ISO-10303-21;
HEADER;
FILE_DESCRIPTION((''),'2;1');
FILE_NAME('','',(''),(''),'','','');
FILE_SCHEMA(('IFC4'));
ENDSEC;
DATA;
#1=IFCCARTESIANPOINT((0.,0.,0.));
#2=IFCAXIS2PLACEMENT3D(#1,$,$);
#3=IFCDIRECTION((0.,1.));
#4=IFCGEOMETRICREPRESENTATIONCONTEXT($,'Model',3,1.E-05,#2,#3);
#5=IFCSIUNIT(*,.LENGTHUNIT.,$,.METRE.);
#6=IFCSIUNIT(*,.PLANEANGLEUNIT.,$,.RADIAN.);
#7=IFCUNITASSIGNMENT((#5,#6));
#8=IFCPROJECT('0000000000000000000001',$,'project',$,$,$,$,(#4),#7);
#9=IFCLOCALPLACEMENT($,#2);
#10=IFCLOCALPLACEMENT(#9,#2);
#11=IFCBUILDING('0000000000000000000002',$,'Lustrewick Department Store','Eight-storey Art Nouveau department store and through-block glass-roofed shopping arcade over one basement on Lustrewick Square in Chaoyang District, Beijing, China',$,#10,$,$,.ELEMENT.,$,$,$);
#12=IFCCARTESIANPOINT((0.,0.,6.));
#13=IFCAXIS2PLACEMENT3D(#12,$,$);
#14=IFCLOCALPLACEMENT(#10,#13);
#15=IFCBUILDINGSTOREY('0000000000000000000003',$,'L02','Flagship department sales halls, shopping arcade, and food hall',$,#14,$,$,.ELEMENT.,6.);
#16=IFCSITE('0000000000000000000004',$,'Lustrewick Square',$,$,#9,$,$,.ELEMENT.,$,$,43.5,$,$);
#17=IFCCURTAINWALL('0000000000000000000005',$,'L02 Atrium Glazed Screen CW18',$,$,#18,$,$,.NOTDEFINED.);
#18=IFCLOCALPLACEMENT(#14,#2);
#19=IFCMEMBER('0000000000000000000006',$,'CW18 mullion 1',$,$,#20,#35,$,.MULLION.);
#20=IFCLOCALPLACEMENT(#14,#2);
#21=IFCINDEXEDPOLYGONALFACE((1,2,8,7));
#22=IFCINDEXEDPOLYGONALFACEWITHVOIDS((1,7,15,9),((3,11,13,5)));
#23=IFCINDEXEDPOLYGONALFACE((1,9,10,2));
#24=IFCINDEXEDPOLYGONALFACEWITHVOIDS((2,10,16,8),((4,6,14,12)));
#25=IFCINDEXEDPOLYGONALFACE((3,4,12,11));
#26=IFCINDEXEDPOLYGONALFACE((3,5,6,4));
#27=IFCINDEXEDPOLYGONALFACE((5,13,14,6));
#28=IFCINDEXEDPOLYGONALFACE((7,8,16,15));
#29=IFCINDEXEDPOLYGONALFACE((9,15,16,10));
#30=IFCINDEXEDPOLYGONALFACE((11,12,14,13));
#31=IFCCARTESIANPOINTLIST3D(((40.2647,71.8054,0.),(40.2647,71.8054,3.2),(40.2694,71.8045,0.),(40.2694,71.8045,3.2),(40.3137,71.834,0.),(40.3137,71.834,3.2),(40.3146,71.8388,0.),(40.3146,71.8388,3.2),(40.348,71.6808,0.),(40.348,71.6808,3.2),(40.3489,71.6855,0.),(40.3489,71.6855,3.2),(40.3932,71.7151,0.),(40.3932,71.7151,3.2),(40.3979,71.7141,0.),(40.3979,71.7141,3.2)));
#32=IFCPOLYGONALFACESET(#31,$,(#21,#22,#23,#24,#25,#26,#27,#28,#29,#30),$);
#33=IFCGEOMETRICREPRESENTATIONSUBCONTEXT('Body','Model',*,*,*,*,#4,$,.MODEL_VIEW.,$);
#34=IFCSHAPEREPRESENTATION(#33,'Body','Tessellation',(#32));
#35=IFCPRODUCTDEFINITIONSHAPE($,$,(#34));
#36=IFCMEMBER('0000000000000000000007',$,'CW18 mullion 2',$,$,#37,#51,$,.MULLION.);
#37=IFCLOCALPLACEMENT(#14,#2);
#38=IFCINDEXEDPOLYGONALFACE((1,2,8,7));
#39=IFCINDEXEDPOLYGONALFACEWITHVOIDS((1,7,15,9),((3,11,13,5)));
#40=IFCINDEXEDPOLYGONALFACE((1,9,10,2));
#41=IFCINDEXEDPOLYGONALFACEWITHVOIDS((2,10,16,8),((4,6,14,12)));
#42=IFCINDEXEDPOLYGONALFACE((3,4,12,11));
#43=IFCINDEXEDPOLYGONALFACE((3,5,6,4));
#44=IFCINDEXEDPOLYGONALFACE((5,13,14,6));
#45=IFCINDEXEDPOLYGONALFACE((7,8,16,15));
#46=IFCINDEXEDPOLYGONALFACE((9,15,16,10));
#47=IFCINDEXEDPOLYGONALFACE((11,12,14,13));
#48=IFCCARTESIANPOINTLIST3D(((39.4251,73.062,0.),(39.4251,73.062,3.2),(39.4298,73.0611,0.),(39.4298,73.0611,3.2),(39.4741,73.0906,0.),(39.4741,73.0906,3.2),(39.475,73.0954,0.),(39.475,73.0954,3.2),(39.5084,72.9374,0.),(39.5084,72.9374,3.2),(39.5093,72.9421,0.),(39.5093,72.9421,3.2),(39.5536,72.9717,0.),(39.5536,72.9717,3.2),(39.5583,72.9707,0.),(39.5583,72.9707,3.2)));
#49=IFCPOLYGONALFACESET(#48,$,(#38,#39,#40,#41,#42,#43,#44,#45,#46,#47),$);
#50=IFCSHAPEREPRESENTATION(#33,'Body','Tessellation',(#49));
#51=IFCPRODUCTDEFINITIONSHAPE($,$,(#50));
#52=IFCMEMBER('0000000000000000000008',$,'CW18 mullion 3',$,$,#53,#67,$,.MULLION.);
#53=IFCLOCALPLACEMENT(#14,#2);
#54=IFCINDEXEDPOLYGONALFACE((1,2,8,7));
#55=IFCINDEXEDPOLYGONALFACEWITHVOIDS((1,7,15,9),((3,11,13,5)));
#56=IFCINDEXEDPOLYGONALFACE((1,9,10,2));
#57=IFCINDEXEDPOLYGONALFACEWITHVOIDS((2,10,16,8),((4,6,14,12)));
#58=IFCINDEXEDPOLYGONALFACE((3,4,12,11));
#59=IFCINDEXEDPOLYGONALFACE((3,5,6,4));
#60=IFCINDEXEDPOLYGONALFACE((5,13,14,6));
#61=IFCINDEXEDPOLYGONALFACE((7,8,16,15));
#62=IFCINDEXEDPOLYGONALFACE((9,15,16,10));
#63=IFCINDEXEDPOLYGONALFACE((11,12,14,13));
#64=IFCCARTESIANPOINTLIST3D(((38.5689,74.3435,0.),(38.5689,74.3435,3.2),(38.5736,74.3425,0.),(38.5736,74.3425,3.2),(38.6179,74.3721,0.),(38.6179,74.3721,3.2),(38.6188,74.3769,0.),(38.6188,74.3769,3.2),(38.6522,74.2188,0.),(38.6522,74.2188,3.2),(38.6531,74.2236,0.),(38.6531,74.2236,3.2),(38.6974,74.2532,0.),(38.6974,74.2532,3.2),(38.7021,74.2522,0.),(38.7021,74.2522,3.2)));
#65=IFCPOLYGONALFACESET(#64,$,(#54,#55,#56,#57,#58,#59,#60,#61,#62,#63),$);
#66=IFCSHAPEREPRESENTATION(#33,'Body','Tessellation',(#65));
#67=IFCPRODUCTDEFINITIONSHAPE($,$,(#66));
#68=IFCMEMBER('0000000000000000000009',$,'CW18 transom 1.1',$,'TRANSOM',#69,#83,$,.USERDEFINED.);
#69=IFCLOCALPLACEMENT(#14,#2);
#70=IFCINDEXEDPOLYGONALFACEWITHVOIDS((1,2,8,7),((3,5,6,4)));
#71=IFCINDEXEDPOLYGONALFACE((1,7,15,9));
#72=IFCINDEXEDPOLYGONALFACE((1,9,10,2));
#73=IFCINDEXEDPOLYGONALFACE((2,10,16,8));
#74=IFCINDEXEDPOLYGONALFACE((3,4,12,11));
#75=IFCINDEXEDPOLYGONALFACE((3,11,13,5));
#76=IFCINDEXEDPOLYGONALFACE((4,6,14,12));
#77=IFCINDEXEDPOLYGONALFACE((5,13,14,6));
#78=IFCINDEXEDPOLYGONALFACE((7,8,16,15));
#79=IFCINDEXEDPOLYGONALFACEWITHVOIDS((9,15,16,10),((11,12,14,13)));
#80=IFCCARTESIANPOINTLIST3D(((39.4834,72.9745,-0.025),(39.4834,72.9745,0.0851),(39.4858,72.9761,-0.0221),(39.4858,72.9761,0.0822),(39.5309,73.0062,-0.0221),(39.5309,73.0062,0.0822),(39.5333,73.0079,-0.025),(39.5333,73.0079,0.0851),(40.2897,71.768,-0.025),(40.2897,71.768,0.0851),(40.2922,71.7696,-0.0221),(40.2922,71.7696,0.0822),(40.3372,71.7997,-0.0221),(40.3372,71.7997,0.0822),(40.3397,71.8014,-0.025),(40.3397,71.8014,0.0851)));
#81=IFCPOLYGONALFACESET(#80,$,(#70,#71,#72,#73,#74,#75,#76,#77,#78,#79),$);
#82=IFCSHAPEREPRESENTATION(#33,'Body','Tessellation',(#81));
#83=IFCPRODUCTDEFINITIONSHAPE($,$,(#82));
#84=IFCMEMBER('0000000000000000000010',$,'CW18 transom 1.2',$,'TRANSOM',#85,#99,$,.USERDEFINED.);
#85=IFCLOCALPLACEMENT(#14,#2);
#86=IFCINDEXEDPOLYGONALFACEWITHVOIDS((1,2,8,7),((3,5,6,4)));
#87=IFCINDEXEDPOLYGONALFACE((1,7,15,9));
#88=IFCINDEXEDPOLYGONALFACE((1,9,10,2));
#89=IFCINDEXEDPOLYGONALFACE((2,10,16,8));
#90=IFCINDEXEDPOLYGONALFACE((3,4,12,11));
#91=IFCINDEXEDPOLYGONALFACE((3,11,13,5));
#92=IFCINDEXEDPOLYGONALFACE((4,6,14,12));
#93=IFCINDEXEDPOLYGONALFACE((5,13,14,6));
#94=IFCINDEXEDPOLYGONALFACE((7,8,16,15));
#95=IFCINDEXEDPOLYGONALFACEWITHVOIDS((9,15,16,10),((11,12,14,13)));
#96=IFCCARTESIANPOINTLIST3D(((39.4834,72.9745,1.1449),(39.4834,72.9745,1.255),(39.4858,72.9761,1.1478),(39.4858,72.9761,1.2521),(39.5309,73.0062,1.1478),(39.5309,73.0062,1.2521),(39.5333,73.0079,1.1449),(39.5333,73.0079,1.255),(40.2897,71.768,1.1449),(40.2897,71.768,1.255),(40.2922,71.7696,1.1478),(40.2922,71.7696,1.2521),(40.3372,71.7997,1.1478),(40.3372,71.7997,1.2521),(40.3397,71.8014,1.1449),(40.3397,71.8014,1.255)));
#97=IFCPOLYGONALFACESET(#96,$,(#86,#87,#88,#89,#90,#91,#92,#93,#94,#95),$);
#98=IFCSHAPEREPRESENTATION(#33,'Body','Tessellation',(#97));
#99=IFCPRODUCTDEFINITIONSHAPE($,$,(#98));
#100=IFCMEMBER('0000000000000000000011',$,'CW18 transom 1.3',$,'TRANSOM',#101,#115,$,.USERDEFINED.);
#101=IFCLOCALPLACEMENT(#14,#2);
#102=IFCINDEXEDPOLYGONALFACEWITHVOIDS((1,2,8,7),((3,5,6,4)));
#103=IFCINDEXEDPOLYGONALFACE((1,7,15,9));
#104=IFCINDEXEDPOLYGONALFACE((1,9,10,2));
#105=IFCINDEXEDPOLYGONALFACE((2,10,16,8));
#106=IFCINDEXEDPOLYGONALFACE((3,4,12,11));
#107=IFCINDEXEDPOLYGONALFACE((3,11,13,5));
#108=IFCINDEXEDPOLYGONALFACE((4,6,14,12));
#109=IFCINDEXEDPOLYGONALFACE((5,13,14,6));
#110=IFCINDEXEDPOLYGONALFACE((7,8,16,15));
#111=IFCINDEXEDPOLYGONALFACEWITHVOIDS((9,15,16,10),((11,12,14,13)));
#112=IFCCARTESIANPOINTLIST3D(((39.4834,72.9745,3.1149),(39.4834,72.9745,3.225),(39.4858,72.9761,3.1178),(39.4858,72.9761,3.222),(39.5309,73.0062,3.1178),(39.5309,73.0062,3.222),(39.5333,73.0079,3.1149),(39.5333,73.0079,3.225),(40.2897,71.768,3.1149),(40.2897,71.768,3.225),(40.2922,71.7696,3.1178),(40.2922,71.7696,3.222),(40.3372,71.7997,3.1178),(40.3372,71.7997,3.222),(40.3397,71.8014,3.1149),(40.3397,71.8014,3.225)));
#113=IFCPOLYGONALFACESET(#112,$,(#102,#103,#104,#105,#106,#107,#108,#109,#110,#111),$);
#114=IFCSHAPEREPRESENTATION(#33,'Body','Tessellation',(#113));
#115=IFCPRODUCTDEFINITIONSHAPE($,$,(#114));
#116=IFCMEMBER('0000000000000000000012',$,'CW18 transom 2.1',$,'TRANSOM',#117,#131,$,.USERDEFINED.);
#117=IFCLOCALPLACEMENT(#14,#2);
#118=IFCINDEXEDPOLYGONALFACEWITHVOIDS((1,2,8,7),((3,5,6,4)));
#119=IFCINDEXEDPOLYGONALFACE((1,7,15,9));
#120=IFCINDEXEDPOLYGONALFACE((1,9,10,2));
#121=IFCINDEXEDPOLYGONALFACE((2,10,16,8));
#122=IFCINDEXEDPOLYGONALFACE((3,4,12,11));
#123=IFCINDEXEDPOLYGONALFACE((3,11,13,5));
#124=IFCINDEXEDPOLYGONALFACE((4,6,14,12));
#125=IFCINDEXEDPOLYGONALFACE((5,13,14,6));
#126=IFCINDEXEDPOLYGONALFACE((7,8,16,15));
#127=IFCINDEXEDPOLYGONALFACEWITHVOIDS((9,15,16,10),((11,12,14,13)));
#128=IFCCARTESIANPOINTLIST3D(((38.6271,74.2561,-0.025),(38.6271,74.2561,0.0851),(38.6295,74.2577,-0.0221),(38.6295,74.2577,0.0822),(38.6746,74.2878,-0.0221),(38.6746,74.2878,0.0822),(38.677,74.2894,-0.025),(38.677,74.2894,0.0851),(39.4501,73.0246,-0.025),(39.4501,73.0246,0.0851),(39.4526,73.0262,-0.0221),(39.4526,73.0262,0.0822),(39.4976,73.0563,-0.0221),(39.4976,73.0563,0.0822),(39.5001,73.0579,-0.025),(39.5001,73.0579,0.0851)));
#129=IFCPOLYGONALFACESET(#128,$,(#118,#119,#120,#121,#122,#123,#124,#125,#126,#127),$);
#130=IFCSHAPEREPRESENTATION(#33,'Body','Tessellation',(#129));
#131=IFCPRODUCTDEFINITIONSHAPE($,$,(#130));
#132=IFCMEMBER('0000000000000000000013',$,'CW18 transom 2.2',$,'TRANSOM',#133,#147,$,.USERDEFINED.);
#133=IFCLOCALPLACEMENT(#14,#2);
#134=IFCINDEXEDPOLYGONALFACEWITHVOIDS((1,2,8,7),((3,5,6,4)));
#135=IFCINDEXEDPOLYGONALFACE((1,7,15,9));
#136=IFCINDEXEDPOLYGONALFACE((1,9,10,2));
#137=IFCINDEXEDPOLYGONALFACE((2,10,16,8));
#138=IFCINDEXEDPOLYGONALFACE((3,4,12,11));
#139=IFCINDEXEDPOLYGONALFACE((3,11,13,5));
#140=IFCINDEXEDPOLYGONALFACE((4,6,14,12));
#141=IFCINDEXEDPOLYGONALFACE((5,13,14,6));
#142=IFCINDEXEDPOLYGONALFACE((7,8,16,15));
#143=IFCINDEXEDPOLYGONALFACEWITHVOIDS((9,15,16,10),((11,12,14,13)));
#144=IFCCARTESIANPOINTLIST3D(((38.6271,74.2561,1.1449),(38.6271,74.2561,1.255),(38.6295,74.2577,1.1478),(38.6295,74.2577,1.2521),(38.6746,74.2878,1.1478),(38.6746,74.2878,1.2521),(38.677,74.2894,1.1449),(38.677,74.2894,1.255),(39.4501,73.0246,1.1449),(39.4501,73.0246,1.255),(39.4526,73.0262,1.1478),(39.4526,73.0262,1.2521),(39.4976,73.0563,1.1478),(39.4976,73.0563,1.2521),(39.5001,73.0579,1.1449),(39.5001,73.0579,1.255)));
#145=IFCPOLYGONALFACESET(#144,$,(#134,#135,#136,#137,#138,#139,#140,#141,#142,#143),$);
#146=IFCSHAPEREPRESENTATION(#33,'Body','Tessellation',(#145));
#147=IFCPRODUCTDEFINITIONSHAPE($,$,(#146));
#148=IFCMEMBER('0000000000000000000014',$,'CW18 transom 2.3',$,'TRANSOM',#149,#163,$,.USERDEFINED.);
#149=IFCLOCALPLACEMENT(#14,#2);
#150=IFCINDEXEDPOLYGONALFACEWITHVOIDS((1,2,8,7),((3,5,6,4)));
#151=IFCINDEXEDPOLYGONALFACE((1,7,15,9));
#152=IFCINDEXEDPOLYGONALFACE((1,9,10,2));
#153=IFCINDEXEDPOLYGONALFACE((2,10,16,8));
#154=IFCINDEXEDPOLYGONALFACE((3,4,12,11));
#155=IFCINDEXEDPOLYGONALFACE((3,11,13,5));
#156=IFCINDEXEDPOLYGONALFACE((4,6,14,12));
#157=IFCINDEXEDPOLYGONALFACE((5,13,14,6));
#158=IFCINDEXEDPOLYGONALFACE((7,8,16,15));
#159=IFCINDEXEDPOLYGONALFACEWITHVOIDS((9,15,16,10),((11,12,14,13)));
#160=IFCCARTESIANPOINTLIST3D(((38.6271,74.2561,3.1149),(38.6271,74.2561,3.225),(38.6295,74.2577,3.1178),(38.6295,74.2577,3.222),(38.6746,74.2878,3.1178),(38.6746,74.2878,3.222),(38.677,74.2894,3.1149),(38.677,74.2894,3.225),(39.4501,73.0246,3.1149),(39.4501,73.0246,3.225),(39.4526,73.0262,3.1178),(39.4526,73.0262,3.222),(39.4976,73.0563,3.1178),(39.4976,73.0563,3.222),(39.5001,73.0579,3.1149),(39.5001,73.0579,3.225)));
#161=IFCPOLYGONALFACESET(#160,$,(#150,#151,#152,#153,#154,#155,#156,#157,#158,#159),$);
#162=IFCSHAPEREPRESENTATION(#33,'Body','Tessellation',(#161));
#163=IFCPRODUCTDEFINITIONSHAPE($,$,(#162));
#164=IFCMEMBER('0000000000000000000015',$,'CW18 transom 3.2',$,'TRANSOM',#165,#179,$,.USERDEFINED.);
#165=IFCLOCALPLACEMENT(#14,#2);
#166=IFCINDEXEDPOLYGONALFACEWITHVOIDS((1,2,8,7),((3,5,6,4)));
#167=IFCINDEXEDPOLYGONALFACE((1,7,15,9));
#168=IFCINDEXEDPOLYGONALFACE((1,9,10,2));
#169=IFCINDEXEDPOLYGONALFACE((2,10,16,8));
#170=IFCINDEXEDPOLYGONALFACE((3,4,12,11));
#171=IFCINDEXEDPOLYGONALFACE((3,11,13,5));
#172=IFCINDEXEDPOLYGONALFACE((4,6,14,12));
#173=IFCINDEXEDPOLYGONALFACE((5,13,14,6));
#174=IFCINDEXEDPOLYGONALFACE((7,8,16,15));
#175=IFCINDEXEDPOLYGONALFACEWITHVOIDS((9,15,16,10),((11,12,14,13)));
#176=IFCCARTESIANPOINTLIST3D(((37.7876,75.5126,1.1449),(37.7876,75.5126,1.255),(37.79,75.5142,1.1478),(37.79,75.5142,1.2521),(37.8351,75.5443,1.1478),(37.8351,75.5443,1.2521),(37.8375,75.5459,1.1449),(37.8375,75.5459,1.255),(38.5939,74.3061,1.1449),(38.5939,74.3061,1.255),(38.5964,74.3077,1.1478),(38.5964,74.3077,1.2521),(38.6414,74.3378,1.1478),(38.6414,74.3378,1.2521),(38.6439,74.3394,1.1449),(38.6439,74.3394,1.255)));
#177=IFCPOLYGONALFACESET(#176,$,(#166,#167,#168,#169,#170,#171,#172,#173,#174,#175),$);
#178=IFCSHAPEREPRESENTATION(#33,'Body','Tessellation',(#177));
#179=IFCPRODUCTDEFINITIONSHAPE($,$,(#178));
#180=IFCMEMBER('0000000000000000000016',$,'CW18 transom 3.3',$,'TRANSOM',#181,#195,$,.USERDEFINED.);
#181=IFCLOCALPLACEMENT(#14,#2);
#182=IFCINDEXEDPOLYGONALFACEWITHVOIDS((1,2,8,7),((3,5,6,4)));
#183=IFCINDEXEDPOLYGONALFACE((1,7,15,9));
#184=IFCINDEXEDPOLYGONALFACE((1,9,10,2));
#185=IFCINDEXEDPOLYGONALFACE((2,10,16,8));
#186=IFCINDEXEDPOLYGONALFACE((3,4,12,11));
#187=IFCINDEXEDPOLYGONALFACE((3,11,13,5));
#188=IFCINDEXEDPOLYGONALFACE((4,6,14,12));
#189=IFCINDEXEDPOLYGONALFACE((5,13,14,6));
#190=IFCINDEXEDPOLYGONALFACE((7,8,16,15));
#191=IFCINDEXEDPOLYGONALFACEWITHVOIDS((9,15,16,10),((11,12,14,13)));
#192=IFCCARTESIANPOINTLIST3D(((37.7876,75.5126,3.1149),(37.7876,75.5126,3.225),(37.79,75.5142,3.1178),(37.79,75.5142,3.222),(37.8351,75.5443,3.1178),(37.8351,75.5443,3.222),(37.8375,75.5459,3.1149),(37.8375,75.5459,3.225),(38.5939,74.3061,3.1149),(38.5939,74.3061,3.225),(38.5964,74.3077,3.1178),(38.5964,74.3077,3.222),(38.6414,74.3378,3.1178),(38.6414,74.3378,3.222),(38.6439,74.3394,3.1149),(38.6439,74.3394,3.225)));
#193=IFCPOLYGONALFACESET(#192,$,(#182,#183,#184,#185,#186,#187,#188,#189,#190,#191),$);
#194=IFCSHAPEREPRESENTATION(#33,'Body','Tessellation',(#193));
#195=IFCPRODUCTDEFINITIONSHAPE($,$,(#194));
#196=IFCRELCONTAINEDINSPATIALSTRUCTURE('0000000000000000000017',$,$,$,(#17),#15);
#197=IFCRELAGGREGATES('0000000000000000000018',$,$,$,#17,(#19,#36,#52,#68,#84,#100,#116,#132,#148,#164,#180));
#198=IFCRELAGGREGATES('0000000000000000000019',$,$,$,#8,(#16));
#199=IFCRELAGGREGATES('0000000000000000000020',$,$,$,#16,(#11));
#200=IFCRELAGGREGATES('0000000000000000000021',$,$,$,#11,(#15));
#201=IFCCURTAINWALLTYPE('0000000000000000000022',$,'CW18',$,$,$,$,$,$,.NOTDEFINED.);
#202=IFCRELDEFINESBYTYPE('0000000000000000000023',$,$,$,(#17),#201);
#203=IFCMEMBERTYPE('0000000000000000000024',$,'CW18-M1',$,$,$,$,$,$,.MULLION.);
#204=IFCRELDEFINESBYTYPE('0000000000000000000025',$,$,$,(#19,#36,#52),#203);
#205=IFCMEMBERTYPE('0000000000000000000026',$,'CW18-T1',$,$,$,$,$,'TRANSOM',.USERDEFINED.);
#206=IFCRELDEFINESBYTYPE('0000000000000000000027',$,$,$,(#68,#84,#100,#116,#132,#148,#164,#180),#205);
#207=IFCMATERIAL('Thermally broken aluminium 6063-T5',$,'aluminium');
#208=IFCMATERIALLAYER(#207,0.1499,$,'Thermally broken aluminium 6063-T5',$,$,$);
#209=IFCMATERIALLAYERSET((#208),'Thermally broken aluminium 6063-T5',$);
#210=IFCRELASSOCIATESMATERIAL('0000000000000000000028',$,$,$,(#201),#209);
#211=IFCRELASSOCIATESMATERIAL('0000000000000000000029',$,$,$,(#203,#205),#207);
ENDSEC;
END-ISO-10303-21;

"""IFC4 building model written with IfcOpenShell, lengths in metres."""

from ifc_helpers import new_model, si_unit, direction, frame, origin, origin_2d, place, context, subcontext, project, spatial, hollow_rectangle, extrude, material, layer, layer_set, material_profile, profile_set, type_object, element, aggregate, save


model = new_model("IFC4")

# Units and contexts
model_context = context("Model", 3, precision=1e-05, world=origin(), true_north=direction((0.0, 1.0)))
body_context = subcontext(model_context, "Body", "Model", "MODEL_VIEW")
ifc_project = project(units=[si_unit("LENGTHUNIT", "METRE"), si_unit("PLANEANGLEUNIT", "RADIAN")], contexts=[model_context])

# Site, building, storey
site_placement = place(None, origin())
site = spatial("IfcSite", under=ifc_project, at=site_placement, Name="Lustrewick Square", CompositionType="ELEMENT", RefElevation=43.5)
building_placement = place(site_placement, origin())
building = spatial("IfcBuilding", under=site, at=building_placement, Name="Lustrewick Department Store", Description="Eight-storey Art Nouveau department store and through-block glass-roofed shopping arcade over one basement on Lustrewick Square in Chaoyang District, Beijing, China", CompositionType="ELEMENT")
storey_placement = place(building_placement, frame((0.0, 0.0, 6.0)))
storey = spatial("IfcBuildingStorey", under=building, at=storey_placement, Name="L02", Description="Flagship department sales halls, shopping arcade, and food hall", CompositionType="ELEMENT", Elevation=6.0)

# Curtain wall, members
ifc_material_1 = material(Name="Thermally broken aluminium 6063-T5", Category="aluminium")
ifc_layer_1 = layer(ifc_material_1, 0.1499, Name="Thermally broken aluminium 6063-T5")
ifc_layer_set_1 = layer_set([ifc_layer_1], Name="Thermally broken aluminium 6063-T5")
curtain_wall_type_1 = type_object("IfcCurtainWallType", Name="CW18", PredefinedType="NOTDEFINED", material=ifc_layer_set_1)
curtain_wall_1_placement = place(storey_placement, origin())
curtain_wall_1 = element("IfcCurtainWall", 1, at=curtain_wall_1_placement, inside=storey, type_object=curtain_wall_type_1, Name="L02 Atrium Glazed Screen CW18", PredefinedType="NOTDEFINED")
ifc_material_profile_1 = material_profile(ifc_material_1, hollow_rectangle(XDim=0.0601, YDim=0.1499, WallThickness=0.0034, at=origin_2d()), Name="ALU-M 60x150x3.5")
ifc_profile_set_1 = profile_set([ifc_material_profile_1], Name="Thermally broken aluminium 6063-T5")
member_type_1 = type_object("IfcMemberType", Name="CW18-M1", PredefinedType="MULLION", material=ifc_profile_set_1)
member_1_placement = place(storey_placement, frame((40.3313, 71.7598, 0.0), z_axis=(0.0, 0.0, 1.0), x_axis=(-0.831464, -0.555578, 0.0)))
member_1 = element("IfcMember", 2, at=member_1_placement, type_object=member_type_1, Name="CW18 mullion 1", PredefinedType="MULLION", context=body_context, shape_type="SweptSolid", body=[
    extrude(hollow_rectangle(XDim=0.0601, YDim=0.1499, WallThickness=0.0034, at=origin_2d()), origin(), (0.0, 0.0, 1.0), 3.2),
])
member_2_placement = place(storey_placement, frame((39.4917, 73.0164, 0.0), z_axis=(0.0, 0.0, 1.0), x_axis=(-0.831464, -0.555578, 0.0)))
member_2 = element("IfcMember", 3, at=member_2_placement, type_object=member_type_1, Name="CW18 mullion 2", PredefinedType="MULLION", context=body_context, shape_type="SweptSolid", body=[
    extrude(hollow_rectangle(XDim=0.0601, YDim=0.1499, WallThickness=0.0034, at=origin_2d()), origin(), (0.0, 0.0, 1.0), 3.2),
])
member_3_placement = place(storey_placement, frame((38.6355, 74.2979, 0.0), z_axis=(0.0, 0.0, 1.0), x_axis=(-0.831464, -0.555578, 0.0)))
member_3 = element("IfcMember", 4, at=member_3_placement, type_object=member_type_1, Name="CW18 mullion 3", PredefinedType="MULLION", context=body_context, shape_type="SweptSolid", body=[
    extrude(hollow_rectangle(XDim=0.0601, YDim=0.1499, WallThickness=0.0034, at=origin_2d()), origin(), (0.0, 0.0, 1.0), 3.2),
])
ifc_material_profile_2 = material_profile(ifc_material_1, hollow_rectangle(XDim=0.0601, YDim=0.1101, WallThickness=0.0029, at=origin_2d()), Name="ALU-T 60x110x3")
ifc_profile_set_2 = profile_set([ifc_material_profile_2], Name="Thermally broken aluminium 6063-T5")
member_type_2 = type_object("IfcMemberType", Name="CW18-T1", ElementType="TRANSOM", PredefinedType="USERDEFINED", material=ifc_profile_set_2)
member_4_placement = place(storey_placement, frame((40.3147, 71.7847, 0.03), z_axis=(-0.55567, 0.831403, 0.0), x_axis=(-0.831403, -0.55567, 0.0)))
member_4 = element("IfcMember", 5, at=member_4_placement, type_object=member_type_2, Name="CW18 transom 1.1", ObjectType="TRANSOM", PredefinedType="USERDEFINED", context=body_context, shape_type="SweptSolid", body=[
    extrude(hollow_rectangle(XDim=0.0601, YDim=0.1101, WallThickness=0.0029, at=origin_2d()), origin(), (0.0, 0.0, 1.0), 1.4512),
])
member_5_placement = place(storey_placement, frame((40.3147, 71.7847, 1.2), z_axis=(-0.55567, 0.831403, 0.0), x_axis=(-0.831403, -0.55567, 0.0)))
member_5 = element("IfcMember", 6, at=member_5_placement, type_object=member_type_2, Name="CW18 transom 1.2", ObjectType="TRANSOM", PredefinedType="USERDEFINED", context=body_context, shape_type="SweptSolid", body=[
    extrude(hollow_rectangle(XDim=0.0601, YDim=0.1101, WallThickness=0.0029, at=origin_2d()), origin(), (0.0, 0.0, 1.0), 1.4512),
])
member_6_placement = place(storey_placement, frame((40.3147, 71.7847, 3.1699), z_axis=(-0.55567, 0.831403, 0.0), x_axis=(-0.831403, -0.55567, 0.0)))
member_6 = element("IfcMember", 7, at=member_6_placement, type_object=member_type_2, Name="CW18 transom 1.3", ObjectType="TRANSOM", PredefinedType="USERDEFINED", context=body_context, shape_type="SweptSolid", body=[
    extrude(hollow_rectangle(XDim=0.0601, YDim=0.1101, WallThickness=0.0029, at=origin_2d()), origin(), (0.0, 0.0, 1.0), 1.4512),
])
member_7_placement = place(storey_placement, frame((39.4751, 73.0413, 0.03), z_axis=(-0.555651, 0.831416, 0.0), x_axis=(-0.831416, -0.555651, 0.0)))
member_7 = element("IfcMember", 8, at=member_7_placement, type_object=member_type_2, Name="CW18 transom 2.1", ObjectType="TRANSOM", PredefinedType="USERDEFINED", context=body_context, shape_type="SweptSolid", body=[
    extrude(hollow_rectangle(XDim=0.0601, YDim=0.1101, WallThickness=0.0029, at=origin_2d()), origin(), (0.0, 0.0, 1.0), 1.4812),
])
member_8_placement = place(storey_placement, frame((39.4751, 73.0413, 1.2), z_axis=(-0.555651, 0.831416, 0.0), x_axis=(-0.831416, -0.555651, 0.0)))
member_8 = element("IfcMember", 9, at=member_8_placement, type_object=member_type_2, Name="CW18 transom 2.2", ObjectType="TRANSOM", PredefinedType="USERDEFINED", context=body_context, shape_type="SweptSolid", body=[
    extrude(hollow_rectangle(XDim=0.0601, YDim=0.1101, WallThickness=0.0029, at=origin_2d()), origin(), (0.0, 0.0, 1.0), 1.4812),
])
member_9_placement = place(storey_placement, frame((39.4751, 73.0413, 3.1699), z_axis=(-0.555651, 0.831416, 0.0), x_axis=(-0.831416, -0.555651, 0.0)))
member_9 = element("IfcMember", 10, at=member_9_placement, type_object=member_type_2, Name="CW18 transom 2.3", ObjectType="TRANSOM", PredefinedType="USERDEFINED", context=body_context, shape_type="SweptSolid", body=[
    extrude(hollow_rectangle(XDim=0.0601, YDim=0.1101, WallThickness=0.0029, at=origin_2d()), origin(), (0.0, 0.0, 1.0), 1.4812),
])
member_10_placement = place(storey_placement, frame((38.6189, 74.3228, 1.2), z_axis=(-0.55567, 0.831403, 0.0), x_axis=(-0.831403, -0.55567, 0.0)))
member_10 = element("IfcMember", 11, at=member_10_placement, type_object=member_type_2, Name="CW18 transom 3.2", ObjectType="TRANSOM", PredefinedType="USERDEFINED", context=body_context, shape_type="SweptSolid", body=[
    extrude(hollow_rectangle(XDim=0.0601, YDim=0.1101, WallThickness=0.0029, at=origin_2d()), origin(), (0.0, 0.0, 1.0), 1.4512),
])
member_11_placement = place(storey_placement, frame((38.6189, 74.3228, 3.1699), z_axis=(-0.55567, 0.831403, 0.0), x_axis=(-0.831403, -0.55567, 0.0)))
member_11 = element("IfcMember", 12, at=member_11_placement, type_object=member_type_2, Name="CW18 transom 3.3", ObjectType="TRANSOM", PredefinedType="USERDEFINED", context=body_context, shape_type="SweptSolid", body=[
    extrude(hollow_rectangle(XDim=0.0601, YDim=0.1101, WallThickness=0.0029, at=origin_2d()), origin(), (0.0, 0.0, 1.0), 1.4512),
])

aggregate(curtain_wall_1, [member_1, member_2, member_3, member_4, member_5, member_6, member_7, member_8, member_9, member_10, member_11])

save(model, "model.ifc")
